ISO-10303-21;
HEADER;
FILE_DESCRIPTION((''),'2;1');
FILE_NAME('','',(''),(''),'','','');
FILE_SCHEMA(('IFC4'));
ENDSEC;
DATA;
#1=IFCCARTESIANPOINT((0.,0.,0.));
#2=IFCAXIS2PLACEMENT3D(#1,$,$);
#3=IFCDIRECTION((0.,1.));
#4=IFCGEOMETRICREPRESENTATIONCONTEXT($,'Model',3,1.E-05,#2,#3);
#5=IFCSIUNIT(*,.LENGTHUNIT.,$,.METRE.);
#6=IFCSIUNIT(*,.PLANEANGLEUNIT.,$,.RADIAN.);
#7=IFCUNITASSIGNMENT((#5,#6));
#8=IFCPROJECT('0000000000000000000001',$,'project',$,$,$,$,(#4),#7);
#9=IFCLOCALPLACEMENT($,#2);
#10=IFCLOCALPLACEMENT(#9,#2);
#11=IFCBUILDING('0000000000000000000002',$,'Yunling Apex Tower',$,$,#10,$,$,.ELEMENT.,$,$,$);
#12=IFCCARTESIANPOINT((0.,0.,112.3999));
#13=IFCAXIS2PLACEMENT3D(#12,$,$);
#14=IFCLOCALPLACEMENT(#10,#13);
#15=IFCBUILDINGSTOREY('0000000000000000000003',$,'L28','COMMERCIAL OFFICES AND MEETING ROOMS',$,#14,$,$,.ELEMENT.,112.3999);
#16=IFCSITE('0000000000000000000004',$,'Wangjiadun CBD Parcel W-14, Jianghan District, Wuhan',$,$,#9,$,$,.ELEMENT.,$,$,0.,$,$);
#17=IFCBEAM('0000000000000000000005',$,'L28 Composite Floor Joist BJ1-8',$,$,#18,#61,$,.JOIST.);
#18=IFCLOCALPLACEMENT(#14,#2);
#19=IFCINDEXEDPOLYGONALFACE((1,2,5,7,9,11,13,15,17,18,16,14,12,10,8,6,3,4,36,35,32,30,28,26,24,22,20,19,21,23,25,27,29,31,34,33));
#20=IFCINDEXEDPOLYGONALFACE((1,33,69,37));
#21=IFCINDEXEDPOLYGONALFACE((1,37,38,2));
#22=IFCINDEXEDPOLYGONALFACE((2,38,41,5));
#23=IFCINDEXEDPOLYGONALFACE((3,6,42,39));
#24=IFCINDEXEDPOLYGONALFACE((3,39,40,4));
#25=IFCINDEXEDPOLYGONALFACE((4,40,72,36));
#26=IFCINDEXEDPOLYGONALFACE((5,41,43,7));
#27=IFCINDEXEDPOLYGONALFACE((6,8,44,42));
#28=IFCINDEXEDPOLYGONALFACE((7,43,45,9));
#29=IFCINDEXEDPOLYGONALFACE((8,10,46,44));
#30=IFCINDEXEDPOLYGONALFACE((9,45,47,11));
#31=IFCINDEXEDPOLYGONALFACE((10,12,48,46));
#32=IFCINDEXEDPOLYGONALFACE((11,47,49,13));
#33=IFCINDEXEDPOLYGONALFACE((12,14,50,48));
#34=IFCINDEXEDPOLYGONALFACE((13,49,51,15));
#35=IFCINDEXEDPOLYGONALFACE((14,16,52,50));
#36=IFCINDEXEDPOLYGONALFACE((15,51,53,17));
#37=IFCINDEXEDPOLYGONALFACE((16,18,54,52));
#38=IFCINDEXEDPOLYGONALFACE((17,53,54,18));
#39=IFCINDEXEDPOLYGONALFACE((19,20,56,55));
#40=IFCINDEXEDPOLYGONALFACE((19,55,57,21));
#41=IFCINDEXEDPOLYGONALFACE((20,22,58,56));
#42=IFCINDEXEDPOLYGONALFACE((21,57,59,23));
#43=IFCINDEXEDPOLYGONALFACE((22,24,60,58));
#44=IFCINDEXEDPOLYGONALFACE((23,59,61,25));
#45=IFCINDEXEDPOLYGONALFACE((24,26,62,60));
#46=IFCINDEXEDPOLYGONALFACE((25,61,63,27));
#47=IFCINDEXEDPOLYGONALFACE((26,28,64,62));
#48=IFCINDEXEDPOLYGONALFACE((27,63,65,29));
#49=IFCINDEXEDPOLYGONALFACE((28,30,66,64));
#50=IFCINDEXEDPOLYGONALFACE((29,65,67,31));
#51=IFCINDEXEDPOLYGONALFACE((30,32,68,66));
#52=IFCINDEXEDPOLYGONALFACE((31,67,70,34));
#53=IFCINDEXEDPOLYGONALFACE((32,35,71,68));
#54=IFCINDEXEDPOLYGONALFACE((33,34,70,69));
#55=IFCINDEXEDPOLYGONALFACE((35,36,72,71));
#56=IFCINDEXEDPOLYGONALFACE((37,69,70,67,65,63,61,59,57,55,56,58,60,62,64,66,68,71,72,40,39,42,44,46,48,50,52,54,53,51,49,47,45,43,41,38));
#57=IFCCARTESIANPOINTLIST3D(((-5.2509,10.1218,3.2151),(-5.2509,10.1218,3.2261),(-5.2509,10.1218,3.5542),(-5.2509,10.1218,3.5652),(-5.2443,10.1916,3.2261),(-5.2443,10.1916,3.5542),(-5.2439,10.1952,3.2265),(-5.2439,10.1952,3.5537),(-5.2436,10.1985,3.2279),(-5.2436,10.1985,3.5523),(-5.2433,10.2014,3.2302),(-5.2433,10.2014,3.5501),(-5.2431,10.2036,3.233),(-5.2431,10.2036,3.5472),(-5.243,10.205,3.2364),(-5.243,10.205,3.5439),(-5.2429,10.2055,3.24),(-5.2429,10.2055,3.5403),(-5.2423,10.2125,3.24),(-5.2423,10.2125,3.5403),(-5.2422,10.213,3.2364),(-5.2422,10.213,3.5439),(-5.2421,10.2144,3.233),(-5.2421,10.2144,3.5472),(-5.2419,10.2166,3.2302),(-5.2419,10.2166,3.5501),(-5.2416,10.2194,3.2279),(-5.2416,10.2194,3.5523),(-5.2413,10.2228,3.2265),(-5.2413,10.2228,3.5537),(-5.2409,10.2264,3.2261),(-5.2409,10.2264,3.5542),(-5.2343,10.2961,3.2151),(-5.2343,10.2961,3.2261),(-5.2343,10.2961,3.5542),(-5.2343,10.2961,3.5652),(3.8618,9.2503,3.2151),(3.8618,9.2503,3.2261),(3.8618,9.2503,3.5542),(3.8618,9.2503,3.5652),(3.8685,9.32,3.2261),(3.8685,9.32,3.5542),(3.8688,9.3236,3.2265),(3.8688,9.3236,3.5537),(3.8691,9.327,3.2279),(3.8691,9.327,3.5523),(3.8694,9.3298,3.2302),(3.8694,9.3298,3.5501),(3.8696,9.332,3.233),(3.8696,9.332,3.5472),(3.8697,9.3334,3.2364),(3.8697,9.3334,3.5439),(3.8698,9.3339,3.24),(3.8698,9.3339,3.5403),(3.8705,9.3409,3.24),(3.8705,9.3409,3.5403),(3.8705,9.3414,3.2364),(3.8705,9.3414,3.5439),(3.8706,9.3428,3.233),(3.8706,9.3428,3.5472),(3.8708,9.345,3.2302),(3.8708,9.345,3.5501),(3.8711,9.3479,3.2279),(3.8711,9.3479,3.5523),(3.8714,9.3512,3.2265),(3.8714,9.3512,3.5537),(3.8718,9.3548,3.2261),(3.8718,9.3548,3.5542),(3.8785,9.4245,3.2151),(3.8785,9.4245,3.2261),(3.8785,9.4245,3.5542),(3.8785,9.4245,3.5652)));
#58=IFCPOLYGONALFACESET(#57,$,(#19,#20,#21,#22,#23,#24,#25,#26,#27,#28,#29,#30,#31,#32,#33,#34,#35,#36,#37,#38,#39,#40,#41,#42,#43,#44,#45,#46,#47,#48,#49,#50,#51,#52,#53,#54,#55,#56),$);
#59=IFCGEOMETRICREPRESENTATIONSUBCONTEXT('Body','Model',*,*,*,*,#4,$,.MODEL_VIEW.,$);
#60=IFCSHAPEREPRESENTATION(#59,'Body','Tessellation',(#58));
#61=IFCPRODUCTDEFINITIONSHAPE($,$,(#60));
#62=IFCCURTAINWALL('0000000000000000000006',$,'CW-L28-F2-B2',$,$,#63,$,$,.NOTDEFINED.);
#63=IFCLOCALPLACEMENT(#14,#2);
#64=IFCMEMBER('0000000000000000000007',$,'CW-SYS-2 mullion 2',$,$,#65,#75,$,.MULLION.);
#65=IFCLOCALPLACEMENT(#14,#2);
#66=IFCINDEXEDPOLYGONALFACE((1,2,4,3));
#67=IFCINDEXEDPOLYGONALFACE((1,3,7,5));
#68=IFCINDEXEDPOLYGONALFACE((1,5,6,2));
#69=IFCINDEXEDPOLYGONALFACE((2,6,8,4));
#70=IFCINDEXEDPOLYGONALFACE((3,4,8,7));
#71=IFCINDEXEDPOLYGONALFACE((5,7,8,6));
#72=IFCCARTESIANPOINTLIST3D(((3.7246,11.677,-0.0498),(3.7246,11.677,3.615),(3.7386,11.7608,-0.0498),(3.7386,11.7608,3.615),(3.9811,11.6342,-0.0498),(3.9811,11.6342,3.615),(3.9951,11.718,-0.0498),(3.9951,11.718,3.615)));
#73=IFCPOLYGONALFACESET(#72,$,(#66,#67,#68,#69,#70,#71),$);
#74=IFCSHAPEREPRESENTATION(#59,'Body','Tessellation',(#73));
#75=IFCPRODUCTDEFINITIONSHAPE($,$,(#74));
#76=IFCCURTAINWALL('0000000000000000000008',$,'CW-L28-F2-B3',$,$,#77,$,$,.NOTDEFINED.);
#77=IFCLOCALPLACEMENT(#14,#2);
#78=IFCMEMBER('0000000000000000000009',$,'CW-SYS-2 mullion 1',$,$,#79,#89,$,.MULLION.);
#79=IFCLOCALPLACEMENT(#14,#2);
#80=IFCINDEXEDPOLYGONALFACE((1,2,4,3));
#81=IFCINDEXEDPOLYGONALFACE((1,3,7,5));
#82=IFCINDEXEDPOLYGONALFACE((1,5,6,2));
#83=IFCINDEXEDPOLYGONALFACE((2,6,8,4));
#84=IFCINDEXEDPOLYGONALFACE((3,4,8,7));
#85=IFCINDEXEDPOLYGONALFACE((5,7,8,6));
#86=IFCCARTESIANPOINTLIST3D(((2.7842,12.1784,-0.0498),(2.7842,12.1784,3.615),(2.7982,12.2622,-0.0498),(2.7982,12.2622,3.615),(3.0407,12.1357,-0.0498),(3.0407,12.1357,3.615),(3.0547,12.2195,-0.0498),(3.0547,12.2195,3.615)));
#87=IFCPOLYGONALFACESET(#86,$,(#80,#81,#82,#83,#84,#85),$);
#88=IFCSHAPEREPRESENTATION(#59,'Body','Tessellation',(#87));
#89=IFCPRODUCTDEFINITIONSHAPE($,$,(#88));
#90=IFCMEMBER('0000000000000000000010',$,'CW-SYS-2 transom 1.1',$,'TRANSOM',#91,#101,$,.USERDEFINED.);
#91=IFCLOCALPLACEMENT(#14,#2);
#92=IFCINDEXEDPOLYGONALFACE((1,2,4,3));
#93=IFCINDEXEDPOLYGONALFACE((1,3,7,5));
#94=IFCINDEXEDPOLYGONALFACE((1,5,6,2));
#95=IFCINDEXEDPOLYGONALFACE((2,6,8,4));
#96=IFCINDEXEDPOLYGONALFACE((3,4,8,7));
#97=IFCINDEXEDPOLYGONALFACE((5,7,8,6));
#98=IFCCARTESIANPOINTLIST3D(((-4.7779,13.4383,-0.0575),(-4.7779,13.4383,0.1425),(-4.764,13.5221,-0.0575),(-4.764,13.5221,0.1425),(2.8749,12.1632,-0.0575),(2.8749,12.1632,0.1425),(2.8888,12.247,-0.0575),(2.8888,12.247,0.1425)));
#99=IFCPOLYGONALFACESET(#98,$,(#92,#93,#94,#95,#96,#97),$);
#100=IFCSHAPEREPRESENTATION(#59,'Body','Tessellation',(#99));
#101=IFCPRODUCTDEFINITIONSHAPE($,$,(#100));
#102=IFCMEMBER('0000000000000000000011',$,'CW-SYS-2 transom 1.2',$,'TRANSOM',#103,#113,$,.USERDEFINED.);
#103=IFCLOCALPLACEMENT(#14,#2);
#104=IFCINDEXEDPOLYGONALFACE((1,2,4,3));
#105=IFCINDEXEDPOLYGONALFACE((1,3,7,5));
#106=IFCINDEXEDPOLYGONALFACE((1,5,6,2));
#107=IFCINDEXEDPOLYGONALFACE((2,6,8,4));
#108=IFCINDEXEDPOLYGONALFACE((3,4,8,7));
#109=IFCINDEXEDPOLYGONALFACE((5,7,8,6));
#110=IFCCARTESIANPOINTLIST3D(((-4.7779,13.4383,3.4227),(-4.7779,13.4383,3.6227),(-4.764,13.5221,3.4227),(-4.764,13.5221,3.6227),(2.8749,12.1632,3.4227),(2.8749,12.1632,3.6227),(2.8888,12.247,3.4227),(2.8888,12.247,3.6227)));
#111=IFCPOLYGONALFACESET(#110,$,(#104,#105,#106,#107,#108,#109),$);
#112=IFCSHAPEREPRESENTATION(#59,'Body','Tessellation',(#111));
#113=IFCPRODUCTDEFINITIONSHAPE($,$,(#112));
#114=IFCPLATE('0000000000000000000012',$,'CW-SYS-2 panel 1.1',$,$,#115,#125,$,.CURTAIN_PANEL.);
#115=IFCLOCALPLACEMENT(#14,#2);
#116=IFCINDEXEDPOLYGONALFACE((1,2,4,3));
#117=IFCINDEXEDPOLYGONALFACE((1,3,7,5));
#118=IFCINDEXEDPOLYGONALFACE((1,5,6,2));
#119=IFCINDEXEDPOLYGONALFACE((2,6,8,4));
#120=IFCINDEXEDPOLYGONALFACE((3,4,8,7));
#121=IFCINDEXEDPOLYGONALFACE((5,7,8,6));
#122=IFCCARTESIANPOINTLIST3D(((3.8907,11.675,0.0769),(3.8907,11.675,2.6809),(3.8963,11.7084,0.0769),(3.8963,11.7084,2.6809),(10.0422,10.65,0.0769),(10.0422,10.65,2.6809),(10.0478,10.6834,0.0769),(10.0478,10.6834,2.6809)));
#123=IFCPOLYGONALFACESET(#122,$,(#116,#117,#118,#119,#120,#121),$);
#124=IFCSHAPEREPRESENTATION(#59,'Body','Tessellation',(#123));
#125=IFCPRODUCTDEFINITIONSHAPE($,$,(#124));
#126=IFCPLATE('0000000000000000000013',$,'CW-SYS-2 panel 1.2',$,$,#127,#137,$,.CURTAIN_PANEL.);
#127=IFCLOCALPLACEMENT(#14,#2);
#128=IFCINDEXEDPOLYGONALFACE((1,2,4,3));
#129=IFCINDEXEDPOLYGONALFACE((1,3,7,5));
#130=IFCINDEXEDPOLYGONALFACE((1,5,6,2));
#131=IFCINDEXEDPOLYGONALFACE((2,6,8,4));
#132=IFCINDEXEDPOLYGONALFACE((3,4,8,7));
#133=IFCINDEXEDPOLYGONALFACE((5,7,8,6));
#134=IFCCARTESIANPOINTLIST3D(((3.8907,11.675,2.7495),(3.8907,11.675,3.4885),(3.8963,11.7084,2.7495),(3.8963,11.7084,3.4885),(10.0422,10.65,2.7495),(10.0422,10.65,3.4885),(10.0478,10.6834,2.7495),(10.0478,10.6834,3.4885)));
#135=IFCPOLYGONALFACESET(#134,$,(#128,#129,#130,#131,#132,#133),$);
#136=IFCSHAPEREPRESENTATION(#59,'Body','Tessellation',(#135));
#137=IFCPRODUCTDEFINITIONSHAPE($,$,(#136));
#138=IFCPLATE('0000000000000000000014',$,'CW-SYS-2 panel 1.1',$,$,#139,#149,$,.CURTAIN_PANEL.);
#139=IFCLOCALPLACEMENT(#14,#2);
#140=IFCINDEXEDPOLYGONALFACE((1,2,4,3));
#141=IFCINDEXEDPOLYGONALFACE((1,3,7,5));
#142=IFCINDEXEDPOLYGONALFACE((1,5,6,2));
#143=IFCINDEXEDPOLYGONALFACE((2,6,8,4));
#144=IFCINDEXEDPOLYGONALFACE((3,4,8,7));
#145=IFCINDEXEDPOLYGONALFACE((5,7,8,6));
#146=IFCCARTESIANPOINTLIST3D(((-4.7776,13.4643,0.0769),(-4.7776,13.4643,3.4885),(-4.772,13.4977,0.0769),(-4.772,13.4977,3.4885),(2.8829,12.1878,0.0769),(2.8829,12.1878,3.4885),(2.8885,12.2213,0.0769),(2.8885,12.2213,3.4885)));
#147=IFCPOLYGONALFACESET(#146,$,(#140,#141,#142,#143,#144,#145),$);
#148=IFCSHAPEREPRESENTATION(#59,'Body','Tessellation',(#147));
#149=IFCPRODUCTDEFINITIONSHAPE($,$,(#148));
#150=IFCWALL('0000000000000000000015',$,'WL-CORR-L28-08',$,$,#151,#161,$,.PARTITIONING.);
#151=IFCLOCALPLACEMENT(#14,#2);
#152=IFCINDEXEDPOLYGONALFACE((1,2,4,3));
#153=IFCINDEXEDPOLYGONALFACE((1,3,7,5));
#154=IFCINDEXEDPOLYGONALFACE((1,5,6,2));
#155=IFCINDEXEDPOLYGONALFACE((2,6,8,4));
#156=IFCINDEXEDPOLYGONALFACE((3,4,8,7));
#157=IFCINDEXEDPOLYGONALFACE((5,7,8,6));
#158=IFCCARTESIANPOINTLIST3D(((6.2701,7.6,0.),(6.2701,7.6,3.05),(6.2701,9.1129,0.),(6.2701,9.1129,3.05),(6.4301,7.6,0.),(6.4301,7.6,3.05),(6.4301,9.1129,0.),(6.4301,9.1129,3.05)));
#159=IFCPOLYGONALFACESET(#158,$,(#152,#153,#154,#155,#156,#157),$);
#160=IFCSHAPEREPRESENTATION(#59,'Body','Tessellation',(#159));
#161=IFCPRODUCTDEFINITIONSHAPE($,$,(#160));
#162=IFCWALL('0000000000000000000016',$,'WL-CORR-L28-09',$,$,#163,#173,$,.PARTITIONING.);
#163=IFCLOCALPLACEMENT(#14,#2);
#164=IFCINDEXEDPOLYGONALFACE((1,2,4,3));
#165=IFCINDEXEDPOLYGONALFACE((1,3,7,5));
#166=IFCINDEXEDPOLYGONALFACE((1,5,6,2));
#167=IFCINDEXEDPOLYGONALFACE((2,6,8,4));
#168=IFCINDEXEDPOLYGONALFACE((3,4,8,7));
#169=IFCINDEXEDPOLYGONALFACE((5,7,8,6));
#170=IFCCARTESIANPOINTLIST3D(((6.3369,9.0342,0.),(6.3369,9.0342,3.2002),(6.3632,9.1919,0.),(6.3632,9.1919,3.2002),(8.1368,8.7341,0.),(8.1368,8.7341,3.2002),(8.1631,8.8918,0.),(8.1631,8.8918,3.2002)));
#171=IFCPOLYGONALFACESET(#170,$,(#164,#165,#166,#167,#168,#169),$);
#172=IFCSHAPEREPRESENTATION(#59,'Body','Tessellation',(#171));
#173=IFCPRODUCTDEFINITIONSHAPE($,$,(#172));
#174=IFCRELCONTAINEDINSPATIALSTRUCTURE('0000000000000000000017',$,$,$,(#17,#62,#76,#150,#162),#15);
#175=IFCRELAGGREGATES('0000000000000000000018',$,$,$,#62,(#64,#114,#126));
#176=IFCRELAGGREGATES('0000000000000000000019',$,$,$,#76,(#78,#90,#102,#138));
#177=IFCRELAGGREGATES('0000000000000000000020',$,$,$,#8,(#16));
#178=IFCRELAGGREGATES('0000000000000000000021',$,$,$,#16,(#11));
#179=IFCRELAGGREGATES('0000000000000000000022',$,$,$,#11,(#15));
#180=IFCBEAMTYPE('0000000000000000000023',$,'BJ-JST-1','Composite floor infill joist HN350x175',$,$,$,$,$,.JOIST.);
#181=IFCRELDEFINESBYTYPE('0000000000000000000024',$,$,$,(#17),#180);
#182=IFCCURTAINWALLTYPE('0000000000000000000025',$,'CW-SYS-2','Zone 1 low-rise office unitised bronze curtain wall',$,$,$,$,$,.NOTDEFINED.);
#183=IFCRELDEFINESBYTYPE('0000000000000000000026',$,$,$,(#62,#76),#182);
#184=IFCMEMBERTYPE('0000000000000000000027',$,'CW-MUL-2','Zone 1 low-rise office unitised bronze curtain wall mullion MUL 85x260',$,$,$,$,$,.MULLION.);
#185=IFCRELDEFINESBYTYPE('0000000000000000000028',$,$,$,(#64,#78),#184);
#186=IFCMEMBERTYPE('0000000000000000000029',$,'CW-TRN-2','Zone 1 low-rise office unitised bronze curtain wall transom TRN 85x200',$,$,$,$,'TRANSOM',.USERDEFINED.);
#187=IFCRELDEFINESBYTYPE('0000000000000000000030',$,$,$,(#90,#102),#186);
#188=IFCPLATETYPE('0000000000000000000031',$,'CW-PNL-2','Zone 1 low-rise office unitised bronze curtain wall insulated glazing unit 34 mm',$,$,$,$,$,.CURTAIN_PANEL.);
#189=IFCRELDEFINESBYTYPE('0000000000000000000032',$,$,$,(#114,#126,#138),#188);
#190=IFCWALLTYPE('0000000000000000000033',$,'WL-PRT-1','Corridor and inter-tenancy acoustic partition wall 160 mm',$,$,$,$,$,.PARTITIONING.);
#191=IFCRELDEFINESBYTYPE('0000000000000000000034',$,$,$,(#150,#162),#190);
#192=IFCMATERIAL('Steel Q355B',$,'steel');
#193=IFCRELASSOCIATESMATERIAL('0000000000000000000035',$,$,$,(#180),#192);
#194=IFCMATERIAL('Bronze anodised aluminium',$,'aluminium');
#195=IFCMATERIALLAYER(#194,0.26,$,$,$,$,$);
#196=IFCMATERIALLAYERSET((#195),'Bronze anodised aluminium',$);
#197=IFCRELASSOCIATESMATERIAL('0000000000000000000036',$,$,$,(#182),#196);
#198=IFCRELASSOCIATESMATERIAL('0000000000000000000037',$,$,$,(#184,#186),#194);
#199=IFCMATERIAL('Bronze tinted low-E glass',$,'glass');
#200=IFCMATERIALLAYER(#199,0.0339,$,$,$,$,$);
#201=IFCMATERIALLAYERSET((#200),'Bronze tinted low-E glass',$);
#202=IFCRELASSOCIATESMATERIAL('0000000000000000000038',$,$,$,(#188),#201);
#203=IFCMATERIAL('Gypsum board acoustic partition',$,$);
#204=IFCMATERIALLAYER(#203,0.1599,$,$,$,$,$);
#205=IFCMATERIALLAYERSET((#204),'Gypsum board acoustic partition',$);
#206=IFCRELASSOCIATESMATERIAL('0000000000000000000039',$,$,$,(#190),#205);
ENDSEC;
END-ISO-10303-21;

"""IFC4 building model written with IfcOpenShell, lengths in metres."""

from ifc_helpers import new_model, si_unit, direction, frame, frame_2d, origin, origin_2d, place, context, subcontext, project, spatial, rectangle, i_section, extrude, source, transform, mapped, material, layer, layer_set, material_profile, profile_set, type_object, element, aggregate, save


model = new_model("IFC4")

# Units and contexts
model_context = context("Model", 3, precision=1e-05, world=origin(), true_north=direction((0.0, 1.0)))
body_context = subcontext(model_context, "Body", "Model", "MODEL_VIEW")
ifc_project = project(units=[si_unit("LENGTHUNIT", "METRE"), si_unit("PLANEANGLEUNIT", "RADIAN")], contexts=[model_context])

# Site, building, storey
site_placement = place(None, origin())
site = spatial("IfcSite", under=ifc_project, at=site_placement, Name="Wangjiadun CBD Parcel W-14, Jianghan District, Wuhan", CompositionType="ELEMENT", RefElevation=0.0)
building_placement = place(site_placement, origin())
building = spatial("IfcBuilding", under=site, at=building_placement, Name="Yunling Apex Tower", CompositionType="ELEMENT")
storey_placement = place(building_placement, frame((0.0, 0.0, 112.3999)))
storey = spatial("IfcBuildingStorey", under=building, at=storey_placement, Name="L28", Description="COMMERCIAL OFFICES AND MEETING ROOMS", CompositionType="ELEMENT", Elevation=112.3999)

# Beam
ifc_material_1 = material(Name="Steel Q355B", Category="steel")
ifc_material_profile_1 = material_profile(ifc_material_1, i_section(OverallWidth=0.175, OverallDepth=0.3501, WebThickness=0.0071, FlangeThickness=0.011, FilletRadius=0.0139, at=origin_2d()))
ifc_profile_set_1 = profile_set([ifc_material_profile_1], Name="Steel Q355B")
beam_type_1 = type_object("IfcBeamType", Name="BJ-JST-1", Description="Composite floor infill joist HN350x175", PredefinedType="JOIST", material=ifc_profile_set_1)
shared_shape_1 = source(origin(), body_context, "Body", "SweptSolid", [
    extrude(i_section(OverallWidth=0.175, OverallDepth=0.3501, WebThickness=0.0071, FlangeThickness=0.011, FilletRadius=0.0139, at=origin_2d()), origin(), (0.0, 0.0, 1.0), 9.1543),
])
beam_1_placement = place(storey_placement, frame((3.8701, 9.3374, 3.3901), z_axis=(-0.995457, 0.095209, 0.0), x_axis=(-0.095209, -0.995457, 0.0)))
element("IfcBeam", 1, at=beam_1_placement, inside=storey, type_object=beam_type_1, Name="L28 Composite Floor Joist BJ1-8", PredefinedType="JOIST", context=body_context, shape_type="MappedRepresentation", body=[
    mapped(shared_shape_1, transform((0.0, 0.0, 0.0), scale=1.0)),
])

# Curtain wall, member
ifc_material_2 = material(Name="Bronze anodised aluminium", Category="aluminium")
ifc_layer_1 = layer(ifc_material_2, 0.26)
ifc_layer_set_1 = layer_set([ifc_layer_1], Name="Bronze anodised aluminium")
curtain_wall_type = type_object("IfcCurtainWallType", Name="CW-SYS-2", Description="Zone 1 low-rise office unitised bronze curtain wall", PredefinedType="NOTDEFINED", material=ifc_layer_set_1)
curtain_wall_1_placement = place(storey_placement, origin())
curtain_wall_1 = element("IfcCurtainWall", 2, at=curtain_wall_1_placement, inside=storey, type_object=curtain_wall_type, Name="CW-L28-F2-B2", PredefinedType="NOTDEFINED")
ifc_material_profile_2 = material_profile(ifc_material_2, rectangle(XDim=0.085, YDim=0.26, at=origin_2d()))
ifc_profile_set_2 = profile_set([ifc_material_profile_2], Name="Bronze anodised aluminium")
member_type_1 = type_object("IfcMemberType", Name="CW-MUL-2", Description="Zone 1 low-rise office unitised bronze curtain wall mullion MUL 85x260", PredefinedType="MULLION", material=ifc_profile_set_2)
shared_shape_2 = source(origin(), body_context, "Body", "SweptSolid", [
    extrude(rectangle(XDim=0.085, YDim=0.26, at=origin_2d()), origin(), (0.0, 0.0, 1.0), 3.6648),
])
member_1_placement = place(storey_placement, frame((3.8599, 11.6975, -0.0498), z_axis=(0.0, 0.0, 1.0), x_axis=(-0.164356, -0.986401, 0.0)))
member_1 = element("IfcMember", 3, at=member_1_placement, type_object=member_type_1, Name="CW-SYS-2 mullion 2", PredefinedType="MULLION", context=body_context, shape_type="MappedRepresentation", body=[
    mapped(shared_shape_2, transform((0.0, 0.0, 0.0), scale=1.0)),
])

# Curtain wall, members
curtain_wall_2_placement = place(storey_placement, origin())
curtain_wall_2 = element("IfcCurtainWall", 4, at=curtain_wall_2_placement, inside=storey, type_object=curtain_wall_type, Name="CW-L28-F2-B3", PredefinedType="NOTDEFINED")
member_2_placement = place(storey_placement, frame((2.9194, 12.199, -0.0498), z_axis=(0.0, 0.0, 1.0), x_axis=(-0.164362, -0.9864, 0.0)))
member_2 = element("IfcMember", 5, at=member_2_placement, type_object=member_type_1, Name="CW-SYS-2 mullion 1", PredefinedType="MULLION", context=body_context, shape_type="MappedRepresentation", body=[
    mapped(shared_shape_2, transform((0.0, 0.0, 0.0), scale=1.0)),
])
ifc_material_profile_3 = material_profile(ifc_material_2, rectangle(XDim=0.085, YDim=0.2, at=origin_2d()))
ifc_profile_set_3 = profile_set([ifc_material_profile_3], Name="Bronze anodised aluminium")
member_type_2 = type_object("IfcMemberType", Name="CW-TRN-2", Description="Zone 1 low-rise office unitised bronze curtain wall transom TRN 85x200", ElementType="TRANSOM", PredefinedType="USERDEFINED", material=ifc_profile_set_3)
shared_shape_3 = source(origin(), body_context, "Body", "SweptSolid", [
    extrude(rectangle(XDim=0.085, YDim=0.2, at=origin_2d()), origin(), (0.0, 0.0, 1.0), 7.7583),
])
member_3_placement = place(storey_placement, frame((2.8818, 12.2051, 0.0425), z_axis=(-0.986401, 0.164358, 0.0), x_axis=(-0.164358, -0.986401, 0.0)))
member_3 = element("IfcMember", 6, at=member_3_placement, type_object=member_type_2, Name="CW-SYS-2 transom 1.1", ObjectType="TRANSOM", PredefinedType="USERDEFINED", context=body_context, shape_type="MappedRepresentation", body=[
    mapped(shared_shape_3, transform((0.0, 0.0, 0.0), scale=1.0)),
])
member_4_placement = place(storey_placement, frame((2.8818, 12.2051, 3.5227), z_axis=(-0.986401, 0.164358, 0.0), x_axis=(-0.164358, -0.986401, 0.0)))
member_4 = element("IfcMember", 7, at=member_4_placement, type_object=member_type_2, Name="CW-SYS-2 transom 1.2", ObjectType="TRANSOM", PredefinedType="USERDEFINED", context=body_context, shape_type="MappedRepresentation", body=[
    mapped(shared_shape_3, transform((0.0, 0.0, 0.0), scale=1.0)),
])

# Plates
ifc_material_3 = material(Name="Bronze tinted low-E glass", Category="glass")
ifc_layer_2 = layer(ifc_material_3, 0.0339)
ifc_layer_set_2 = layer_set([ifc_layer_2], Name="Bronze tinted low-E glass")
plate_type = type_object("IfcPlateType", Name="CW-PNL-2", Description="Zone 1 low-rise office unitised bronze curtain wall insulated glazing unit 34 mm", PredefinedType="CURTAIN_PANEL", material=ifc_layer_set_2)
shared_shape_4 = source(origin(), body_context, "Body", "SweptSolid", [
    extrude(rectangle(XDim=6.2363, YDim=0.0339, at=origin_2d()), origin(), (0.0, 0.0, 1.0), 2.604),
])
plate_1_placement = place(storey_placement, frame((6.9692, 11.1792, 0.0769), z_axis=(0.0, 0.0, 1.0), x_axis=(-0.986401, 0.164356, 0.0)))
plate_1 = element("IfcPlate", 8, at=plate_1_placement, type_object=plate_type, Name="CW-SYS-2 panel 1.1", PredefinedType="CURTAIN_PANEL", context=body_context, shape_type="MappedRepresentation", body=[
    mapped(shared_shape_4, transform((0.0, 0.0, 0.0), scale=1.0)),
])
shared_shape_5 = source(origin(), body_context, "Body", "SweptSolid", [
    extrude(rectangle(XDim=6.2363, YDim=0.0339, at=origin_2d()), origin(), (0.0, 0.0, 1.0), 0.739),
])
plate_2_placement = place(storey_placement, frame((6.9692, 11.1792, 2.7495), z_axis=(0.0, 0.0, 1.0), x_axis=(-0.986401, 0.164356, 0.0)))
plate_2 = element("IfcPlate", 9, at=plate_2_placement, type_object=plate_type, Name="CW-SYS-2 panel 1.2", PredefinedType="CURTAIN_PANEL", context=body_context, shape_type="MappedRepresentation", body=[
    mapped(shared_shape_5, transform((0.0, 0.0, 0.0), scale=1.0)),
])
aggregate(curtain_wall_1, [member_1, plate_1, plate_2])
shared_shape_6 = source(origin(), body_context, "Body", "SweptSolid", [
    extrude(rectangle(XDim=7.7661, YDim=0.0339, at=origin_2d()), origin(), (0.0, 0.0, 1.0), 3.4116),
])
plate_3_placement = place(storey_placement, frame((-0.9446, 12.8428, 0.0769), z_axis=(0.0, 0.0, 1.0), x_axis=(-0.9864, 0.164362, 0.0)))
plate_3 = element("IfcPlate", 10, at=plate_3_placement, type_object=plate_type, Name="CW-SYS-2 panel 1.1", PredefinedType="CURTAIN_PANEL", context=body_context, shape_type="MappedRepresentation", body=[
    mapped(shared_shape_6, transform((0.0, 0.0, 0.0), scale=1.0)),
])
aggregate(curtain_wall_2, [member_2, member_3, member_4, plate_3])

# Walls
ifc_material_4 = material(Name="Gypsum board acoustic partition")
ifc_layer_3 = layer(ifc_material_4, 0.1599)
ifc_layer_set_3 = layer_set([ifc_layer_3], Name="Gypsum board acoustic partition")
wall_type_1 = type_object("IfcWallType", Name="WL-PRT-1", Description="Corridor and inter-tenancy acoustic partition wall 160 mm", PredefinedType="PARTITIONING", material=ifc_layer_set_3)
wall_1_placement = place(storey_placement, frame((6.3501, 7.6001, 0.0), z_axis=(0.0, 0.0, 1.0), x_axis=(0.0, 1.0, 0.0)))
element("IfcWall", 11, at=wall_1_placement, inside=storey, type_object=wall_type_1, Name="WL-CORR-L28-08", PredefinedType="PARTITIONING", context=body_context, shape_type="SweptSolid", body=[
    extrude(rectangle(XDim=1.5129, YDim=0.1599, at=frame_2d((0.7563, 0.0))), origin(), (0.0, 0.0, 1.0), 3.05),
])
wall_2_placement = place(storey_placement, frame((6.3501, 9.113, 0.0), z_axis=(0.0, 0.0, 1.0), x_axis=(0.986387, -0.164442, 0.0)))
element("IfcWall", 12, at=wall_2_placement, inside=storey, type_object=wall_type_1, Name="WL-CORR-L28-09", PredefinedType="PARTITIONING", context=body_context, shape_type="SweptSolid", body=[
    extrude(rectangle(XDim=1.8247, YDim=0.1599, at=frame_2d((0.9124, 0.0))), origin(), (0.0, 0.0, 1.0), 3.2002),
])

save(model, "model.ifc")
